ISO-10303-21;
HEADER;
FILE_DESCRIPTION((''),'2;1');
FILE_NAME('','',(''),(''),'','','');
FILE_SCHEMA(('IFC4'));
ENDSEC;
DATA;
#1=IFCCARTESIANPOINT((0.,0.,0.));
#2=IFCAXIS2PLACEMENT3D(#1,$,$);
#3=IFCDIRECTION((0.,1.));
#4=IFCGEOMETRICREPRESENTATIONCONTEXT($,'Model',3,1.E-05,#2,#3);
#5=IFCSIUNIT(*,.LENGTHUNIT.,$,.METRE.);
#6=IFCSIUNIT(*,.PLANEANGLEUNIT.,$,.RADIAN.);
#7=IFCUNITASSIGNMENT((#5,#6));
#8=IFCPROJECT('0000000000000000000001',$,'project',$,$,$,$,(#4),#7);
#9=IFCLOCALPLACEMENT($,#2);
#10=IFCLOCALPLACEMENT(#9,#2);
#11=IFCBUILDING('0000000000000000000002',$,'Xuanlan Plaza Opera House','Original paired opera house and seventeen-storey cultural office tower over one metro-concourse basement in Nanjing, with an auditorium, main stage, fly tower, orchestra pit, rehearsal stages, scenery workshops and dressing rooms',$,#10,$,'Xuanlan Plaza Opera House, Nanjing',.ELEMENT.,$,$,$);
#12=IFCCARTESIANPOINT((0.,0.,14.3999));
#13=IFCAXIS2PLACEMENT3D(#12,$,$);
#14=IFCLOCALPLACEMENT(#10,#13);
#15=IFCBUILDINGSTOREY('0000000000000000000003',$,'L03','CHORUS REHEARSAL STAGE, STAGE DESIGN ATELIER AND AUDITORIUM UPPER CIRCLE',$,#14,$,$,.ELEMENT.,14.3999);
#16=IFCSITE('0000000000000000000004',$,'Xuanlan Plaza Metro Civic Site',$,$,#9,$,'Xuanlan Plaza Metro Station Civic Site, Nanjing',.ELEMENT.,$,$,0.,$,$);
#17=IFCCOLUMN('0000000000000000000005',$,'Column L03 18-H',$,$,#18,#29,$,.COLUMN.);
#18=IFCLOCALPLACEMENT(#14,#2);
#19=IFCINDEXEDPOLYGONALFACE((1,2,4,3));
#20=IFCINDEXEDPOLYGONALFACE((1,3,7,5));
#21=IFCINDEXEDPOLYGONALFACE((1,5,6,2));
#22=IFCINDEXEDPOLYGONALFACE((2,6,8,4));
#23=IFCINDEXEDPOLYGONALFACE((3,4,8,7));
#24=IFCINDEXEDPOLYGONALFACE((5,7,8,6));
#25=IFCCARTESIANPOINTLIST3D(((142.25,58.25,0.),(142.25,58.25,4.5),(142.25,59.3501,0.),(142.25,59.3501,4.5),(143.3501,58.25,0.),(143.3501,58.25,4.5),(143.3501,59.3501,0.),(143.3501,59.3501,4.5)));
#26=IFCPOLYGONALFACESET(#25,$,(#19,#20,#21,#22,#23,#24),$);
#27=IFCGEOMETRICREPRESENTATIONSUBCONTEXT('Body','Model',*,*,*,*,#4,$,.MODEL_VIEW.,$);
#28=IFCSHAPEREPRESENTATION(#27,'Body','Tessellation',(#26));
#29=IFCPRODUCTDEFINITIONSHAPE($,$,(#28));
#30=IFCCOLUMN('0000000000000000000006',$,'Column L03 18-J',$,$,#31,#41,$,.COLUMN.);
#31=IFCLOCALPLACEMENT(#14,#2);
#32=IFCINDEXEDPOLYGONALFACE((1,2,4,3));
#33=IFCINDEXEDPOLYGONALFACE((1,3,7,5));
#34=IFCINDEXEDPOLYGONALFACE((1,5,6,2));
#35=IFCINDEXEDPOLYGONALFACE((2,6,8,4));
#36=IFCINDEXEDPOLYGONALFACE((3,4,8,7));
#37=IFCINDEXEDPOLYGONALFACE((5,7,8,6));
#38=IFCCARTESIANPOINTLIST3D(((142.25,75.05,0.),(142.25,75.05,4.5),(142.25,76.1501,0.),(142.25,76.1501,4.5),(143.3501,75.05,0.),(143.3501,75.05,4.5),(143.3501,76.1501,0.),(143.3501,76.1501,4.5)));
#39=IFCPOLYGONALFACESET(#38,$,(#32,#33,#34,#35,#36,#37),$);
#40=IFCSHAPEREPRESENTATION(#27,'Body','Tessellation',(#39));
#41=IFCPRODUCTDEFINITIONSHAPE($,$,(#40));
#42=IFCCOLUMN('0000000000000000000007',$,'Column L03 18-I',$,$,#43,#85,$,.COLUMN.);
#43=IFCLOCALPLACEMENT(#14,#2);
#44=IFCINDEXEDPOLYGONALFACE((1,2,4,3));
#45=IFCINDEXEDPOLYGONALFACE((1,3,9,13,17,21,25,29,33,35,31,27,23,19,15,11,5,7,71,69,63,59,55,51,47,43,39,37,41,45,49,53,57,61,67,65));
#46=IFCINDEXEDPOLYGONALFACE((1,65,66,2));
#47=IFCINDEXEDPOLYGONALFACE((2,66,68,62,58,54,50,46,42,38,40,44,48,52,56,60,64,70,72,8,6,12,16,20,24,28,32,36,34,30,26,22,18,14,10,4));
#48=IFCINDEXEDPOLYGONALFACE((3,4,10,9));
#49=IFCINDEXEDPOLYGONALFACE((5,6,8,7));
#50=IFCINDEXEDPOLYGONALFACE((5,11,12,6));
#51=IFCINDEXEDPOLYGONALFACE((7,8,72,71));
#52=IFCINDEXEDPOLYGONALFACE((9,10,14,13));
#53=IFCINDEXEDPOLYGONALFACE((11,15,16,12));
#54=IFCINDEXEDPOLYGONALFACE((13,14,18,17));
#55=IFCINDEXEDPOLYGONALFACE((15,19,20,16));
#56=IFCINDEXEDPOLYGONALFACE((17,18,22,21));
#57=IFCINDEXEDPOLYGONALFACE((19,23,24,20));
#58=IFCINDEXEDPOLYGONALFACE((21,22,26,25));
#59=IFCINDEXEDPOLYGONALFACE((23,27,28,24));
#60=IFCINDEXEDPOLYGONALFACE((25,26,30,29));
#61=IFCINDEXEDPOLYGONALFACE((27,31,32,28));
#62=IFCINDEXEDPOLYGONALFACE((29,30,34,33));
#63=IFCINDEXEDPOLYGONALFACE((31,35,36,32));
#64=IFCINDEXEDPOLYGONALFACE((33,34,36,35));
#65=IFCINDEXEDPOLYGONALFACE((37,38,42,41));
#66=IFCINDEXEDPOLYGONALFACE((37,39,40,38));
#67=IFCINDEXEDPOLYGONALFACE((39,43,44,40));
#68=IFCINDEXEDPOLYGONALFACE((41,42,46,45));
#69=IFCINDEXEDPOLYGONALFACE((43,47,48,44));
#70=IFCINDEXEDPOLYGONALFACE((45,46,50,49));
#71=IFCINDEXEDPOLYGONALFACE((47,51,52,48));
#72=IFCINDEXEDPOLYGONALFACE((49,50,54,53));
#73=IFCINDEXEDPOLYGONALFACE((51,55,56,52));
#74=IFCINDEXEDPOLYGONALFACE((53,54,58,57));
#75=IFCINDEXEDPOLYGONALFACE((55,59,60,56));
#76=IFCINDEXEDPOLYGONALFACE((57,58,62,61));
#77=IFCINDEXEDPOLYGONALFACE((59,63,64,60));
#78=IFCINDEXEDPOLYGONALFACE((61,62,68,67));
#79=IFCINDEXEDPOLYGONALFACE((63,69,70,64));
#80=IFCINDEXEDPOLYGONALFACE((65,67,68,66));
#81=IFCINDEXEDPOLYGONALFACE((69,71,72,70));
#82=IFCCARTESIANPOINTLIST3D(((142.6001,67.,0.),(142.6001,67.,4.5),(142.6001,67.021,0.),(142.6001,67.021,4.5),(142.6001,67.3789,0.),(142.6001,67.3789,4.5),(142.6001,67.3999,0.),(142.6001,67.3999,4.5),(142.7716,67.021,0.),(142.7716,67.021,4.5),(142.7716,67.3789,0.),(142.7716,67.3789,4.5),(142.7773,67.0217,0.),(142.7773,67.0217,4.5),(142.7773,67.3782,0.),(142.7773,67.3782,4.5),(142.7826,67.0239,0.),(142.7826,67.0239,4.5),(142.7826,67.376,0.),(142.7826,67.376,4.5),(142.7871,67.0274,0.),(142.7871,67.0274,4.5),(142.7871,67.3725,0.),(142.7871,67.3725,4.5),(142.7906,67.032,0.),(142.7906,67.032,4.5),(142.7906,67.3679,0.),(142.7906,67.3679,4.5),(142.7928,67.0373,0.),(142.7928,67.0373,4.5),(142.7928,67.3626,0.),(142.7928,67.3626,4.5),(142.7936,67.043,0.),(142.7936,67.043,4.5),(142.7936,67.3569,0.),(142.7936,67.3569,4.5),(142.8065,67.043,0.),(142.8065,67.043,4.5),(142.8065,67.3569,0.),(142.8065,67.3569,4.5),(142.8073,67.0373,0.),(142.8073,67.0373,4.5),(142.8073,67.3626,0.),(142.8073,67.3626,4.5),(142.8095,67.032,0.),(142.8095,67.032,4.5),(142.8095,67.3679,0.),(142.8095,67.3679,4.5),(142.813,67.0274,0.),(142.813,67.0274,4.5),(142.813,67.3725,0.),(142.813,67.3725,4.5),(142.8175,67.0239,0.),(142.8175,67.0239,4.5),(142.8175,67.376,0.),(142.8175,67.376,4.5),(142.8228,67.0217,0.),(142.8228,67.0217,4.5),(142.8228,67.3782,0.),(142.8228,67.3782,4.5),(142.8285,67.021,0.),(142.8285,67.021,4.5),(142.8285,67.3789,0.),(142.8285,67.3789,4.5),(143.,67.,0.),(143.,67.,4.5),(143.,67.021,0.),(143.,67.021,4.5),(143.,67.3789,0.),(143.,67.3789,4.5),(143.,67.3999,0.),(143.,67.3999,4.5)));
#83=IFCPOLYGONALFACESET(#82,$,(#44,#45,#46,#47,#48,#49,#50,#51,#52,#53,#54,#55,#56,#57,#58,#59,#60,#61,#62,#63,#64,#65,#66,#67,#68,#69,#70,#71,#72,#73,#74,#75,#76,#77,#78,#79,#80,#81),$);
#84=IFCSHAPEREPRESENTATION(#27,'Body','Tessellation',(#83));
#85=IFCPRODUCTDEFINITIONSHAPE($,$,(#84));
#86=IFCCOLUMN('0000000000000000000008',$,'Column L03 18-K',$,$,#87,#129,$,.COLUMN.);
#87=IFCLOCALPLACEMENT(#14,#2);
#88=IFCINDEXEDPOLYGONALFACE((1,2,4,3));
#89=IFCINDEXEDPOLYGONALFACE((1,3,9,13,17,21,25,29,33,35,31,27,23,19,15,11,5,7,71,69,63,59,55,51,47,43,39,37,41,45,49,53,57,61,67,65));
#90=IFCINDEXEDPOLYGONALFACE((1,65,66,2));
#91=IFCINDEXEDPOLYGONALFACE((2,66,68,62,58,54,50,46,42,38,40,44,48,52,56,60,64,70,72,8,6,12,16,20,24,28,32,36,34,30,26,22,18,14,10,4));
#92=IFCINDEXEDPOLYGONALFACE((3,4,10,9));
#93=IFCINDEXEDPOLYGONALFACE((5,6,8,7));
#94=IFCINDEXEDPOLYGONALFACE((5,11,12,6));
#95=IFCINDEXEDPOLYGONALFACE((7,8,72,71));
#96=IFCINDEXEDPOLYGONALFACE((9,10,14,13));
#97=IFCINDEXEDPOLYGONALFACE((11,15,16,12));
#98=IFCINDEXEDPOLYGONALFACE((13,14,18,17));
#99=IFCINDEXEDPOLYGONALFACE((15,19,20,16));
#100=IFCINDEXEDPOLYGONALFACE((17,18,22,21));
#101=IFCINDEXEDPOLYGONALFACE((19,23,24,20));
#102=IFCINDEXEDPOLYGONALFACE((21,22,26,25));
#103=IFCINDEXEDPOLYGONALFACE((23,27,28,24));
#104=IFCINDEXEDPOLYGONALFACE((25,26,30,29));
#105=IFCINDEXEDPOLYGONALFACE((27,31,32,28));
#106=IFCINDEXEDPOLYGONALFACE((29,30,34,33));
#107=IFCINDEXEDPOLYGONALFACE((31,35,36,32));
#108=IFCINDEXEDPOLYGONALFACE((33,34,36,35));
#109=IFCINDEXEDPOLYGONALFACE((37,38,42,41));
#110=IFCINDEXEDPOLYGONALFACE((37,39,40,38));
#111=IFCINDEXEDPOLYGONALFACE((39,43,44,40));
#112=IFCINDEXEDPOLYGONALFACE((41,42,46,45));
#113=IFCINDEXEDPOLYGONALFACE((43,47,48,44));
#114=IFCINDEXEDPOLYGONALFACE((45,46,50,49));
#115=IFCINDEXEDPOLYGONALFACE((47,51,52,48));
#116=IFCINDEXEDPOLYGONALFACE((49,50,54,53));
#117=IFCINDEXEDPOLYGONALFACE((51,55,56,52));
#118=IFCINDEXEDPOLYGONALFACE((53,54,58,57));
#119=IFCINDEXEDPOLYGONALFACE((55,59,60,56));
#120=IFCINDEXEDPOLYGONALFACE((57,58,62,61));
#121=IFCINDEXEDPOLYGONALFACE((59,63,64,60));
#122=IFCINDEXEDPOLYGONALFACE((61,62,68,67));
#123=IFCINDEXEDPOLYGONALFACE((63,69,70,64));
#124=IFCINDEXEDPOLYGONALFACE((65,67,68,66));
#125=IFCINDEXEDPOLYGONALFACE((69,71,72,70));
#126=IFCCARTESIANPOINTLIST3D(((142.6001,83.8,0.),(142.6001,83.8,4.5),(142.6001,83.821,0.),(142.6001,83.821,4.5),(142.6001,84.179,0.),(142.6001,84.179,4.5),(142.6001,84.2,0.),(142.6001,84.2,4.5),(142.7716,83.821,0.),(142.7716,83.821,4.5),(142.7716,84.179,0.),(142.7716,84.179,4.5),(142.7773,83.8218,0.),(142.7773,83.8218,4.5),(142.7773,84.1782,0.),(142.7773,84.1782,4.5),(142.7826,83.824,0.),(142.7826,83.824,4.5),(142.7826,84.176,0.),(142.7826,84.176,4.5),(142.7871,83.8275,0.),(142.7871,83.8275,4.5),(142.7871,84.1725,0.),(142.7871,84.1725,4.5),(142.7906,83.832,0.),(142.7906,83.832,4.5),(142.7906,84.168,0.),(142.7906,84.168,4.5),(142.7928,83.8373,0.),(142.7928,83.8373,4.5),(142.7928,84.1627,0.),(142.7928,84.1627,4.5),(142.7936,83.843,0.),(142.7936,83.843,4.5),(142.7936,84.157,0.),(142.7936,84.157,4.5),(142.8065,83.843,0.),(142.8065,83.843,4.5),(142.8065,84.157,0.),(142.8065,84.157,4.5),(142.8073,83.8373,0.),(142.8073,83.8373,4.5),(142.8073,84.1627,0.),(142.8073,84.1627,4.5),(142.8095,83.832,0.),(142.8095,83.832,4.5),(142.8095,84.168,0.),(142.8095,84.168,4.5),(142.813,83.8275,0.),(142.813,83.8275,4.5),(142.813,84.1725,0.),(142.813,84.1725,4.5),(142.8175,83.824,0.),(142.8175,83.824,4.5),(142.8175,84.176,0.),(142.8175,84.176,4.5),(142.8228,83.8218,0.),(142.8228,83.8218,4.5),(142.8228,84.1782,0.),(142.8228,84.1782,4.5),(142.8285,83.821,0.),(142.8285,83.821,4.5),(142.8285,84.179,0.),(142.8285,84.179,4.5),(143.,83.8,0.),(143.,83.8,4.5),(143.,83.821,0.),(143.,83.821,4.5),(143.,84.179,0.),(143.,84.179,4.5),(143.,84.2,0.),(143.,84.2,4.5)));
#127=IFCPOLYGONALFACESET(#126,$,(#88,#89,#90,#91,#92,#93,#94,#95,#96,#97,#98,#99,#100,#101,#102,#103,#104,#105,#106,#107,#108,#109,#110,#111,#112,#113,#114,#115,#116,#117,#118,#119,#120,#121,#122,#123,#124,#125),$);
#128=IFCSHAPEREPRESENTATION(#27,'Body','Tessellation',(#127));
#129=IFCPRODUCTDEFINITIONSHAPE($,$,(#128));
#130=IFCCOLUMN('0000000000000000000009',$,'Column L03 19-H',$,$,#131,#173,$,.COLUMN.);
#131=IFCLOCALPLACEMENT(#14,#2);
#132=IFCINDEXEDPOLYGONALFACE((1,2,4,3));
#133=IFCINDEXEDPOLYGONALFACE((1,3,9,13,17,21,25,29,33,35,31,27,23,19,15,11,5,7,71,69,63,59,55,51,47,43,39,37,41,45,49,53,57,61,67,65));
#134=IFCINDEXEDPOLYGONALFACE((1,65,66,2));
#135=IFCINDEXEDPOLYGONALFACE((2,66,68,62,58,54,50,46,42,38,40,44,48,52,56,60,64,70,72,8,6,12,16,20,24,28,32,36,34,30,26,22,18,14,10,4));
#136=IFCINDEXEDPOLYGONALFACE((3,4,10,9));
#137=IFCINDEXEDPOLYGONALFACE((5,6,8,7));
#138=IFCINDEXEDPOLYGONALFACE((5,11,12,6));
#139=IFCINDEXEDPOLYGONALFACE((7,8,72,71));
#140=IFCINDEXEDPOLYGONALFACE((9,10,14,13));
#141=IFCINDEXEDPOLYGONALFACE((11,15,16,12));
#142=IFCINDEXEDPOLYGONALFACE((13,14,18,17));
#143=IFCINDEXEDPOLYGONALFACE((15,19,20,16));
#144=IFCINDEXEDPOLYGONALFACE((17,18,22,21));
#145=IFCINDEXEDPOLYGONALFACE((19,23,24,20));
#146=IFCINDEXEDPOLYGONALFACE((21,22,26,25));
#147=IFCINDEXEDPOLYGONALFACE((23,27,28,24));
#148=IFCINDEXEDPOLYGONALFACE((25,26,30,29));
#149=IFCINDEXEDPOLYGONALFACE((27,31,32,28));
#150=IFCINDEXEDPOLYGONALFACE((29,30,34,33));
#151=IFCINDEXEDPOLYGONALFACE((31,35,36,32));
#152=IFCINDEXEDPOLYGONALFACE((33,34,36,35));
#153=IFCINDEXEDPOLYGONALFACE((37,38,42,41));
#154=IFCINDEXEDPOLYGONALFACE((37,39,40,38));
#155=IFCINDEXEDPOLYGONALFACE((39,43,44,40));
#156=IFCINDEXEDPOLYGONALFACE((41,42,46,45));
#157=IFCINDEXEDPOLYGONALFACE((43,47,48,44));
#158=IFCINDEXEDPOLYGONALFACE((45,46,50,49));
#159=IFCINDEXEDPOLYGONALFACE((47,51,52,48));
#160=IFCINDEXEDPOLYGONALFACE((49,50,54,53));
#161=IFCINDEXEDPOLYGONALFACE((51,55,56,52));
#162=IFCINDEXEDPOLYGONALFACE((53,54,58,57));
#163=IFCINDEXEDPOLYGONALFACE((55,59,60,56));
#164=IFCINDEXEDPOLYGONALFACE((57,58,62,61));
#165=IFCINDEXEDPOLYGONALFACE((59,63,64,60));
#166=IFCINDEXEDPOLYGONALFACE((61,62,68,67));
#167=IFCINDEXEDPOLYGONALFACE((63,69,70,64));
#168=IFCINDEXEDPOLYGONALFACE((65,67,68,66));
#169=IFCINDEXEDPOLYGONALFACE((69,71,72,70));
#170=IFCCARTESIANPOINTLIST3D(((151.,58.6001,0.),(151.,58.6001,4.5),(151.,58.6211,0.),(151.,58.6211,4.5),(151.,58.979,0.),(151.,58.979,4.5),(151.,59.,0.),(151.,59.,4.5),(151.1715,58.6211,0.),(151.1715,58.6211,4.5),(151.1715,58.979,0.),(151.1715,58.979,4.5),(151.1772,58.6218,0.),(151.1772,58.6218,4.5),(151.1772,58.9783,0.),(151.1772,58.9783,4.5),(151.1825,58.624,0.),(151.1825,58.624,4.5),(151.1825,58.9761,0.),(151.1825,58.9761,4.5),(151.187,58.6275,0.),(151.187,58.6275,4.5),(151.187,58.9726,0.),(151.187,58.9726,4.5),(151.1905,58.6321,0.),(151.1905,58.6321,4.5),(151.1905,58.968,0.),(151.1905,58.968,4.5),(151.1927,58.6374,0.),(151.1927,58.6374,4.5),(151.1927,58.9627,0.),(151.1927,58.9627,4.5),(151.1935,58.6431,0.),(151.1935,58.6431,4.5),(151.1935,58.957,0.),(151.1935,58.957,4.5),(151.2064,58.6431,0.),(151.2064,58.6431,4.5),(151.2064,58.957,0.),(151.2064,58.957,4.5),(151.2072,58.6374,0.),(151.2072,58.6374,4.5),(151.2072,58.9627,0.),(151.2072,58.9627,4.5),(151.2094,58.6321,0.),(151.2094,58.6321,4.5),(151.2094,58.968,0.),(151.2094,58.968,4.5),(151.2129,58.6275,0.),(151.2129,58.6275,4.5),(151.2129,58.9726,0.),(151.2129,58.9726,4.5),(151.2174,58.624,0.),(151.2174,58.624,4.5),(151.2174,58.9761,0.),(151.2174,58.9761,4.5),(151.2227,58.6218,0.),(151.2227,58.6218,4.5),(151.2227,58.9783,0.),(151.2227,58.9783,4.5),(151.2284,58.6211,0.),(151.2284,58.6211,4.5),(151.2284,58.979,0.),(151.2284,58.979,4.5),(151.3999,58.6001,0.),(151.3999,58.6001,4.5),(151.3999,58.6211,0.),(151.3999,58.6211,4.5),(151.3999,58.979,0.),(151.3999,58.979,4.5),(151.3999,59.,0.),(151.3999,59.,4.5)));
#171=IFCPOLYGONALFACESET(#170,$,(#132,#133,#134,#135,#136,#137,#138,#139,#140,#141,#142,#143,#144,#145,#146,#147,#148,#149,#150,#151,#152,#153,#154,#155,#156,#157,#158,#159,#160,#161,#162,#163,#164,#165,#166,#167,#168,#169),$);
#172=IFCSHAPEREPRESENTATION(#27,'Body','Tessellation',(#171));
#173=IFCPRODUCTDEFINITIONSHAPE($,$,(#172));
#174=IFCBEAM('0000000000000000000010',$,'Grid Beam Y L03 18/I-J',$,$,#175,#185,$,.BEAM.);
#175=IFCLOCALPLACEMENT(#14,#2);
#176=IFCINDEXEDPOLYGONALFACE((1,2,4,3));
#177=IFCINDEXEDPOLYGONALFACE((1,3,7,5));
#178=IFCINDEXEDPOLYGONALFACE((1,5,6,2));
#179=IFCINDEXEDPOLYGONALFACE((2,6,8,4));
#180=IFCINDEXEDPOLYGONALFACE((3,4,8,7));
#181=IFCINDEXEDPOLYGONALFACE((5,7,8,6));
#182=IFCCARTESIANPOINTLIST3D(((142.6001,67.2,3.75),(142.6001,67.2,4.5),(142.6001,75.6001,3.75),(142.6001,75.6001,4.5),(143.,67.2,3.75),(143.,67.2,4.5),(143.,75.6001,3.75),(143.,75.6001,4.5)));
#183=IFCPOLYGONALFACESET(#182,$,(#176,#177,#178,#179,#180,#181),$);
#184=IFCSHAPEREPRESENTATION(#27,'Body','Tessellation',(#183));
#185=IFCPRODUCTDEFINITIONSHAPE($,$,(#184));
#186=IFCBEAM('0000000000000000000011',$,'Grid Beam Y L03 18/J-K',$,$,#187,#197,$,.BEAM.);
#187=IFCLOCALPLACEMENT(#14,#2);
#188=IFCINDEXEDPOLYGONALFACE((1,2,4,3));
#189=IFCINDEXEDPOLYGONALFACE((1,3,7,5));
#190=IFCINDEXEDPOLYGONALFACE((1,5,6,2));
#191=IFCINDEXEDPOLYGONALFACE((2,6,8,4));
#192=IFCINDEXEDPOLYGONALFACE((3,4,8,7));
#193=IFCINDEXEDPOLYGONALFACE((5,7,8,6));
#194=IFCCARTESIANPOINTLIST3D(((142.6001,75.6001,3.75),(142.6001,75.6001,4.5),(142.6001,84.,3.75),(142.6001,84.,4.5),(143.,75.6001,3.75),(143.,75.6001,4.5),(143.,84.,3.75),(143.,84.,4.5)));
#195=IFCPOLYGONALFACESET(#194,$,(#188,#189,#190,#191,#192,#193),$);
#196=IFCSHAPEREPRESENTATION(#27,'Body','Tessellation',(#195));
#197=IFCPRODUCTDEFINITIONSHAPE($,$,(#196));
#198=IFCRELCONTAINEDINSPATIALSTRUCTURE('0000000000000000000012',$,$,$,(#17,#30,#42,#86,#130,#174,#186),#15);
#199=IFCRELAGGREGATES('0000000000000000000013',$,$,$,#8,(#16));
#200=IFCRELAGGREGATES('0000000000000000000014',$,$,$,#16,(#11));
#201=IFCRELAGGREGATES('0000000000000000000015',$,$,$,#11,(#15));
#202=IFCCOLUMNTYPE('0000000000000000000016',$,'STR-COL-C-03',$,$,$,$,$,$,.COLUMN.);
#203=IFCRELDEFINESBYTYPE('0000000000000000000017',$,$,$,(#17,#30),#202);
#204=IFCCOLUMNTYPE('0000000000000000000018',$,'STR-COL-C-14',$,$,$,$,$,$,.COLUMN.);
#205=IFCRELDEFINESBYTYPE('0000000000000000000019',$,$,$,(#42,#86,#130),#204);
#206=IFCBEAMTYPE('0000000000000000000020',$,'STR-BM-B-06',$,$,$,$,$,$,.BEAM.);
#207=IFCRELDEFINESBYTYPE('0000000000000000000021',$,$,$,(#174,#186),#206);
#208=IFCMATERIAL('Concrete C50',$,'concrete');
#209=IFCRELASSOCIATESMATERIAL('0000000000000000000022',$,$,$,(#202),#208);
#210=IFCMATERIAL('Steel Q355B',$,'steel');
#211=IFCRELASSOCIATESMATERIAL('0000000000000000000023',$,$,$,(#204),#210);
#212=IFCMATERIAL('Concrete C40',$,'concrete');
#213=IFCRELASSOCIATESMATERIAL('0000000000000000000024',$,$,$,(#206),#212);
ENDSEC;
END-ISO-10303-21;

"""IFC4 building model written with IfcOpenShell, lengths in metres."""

from ifc_helpers import new_model, si_unit, direction, frame, origin, origin_2d, place, context, subcontext, project, spatial, rectangle, i_section, extrude, material, material_profile, profile_set, type_object, element, save


model = new_model("IFC4")

# Units and contexts
model_context = context("Model", 3, precision=1e-05, world=origin(), true_north=direction((0.0, 1.0)))
body_context = subcontext(model_context, "Body", "Model", "MODEL_VIEW")
ifc_project = project(units=[si_unit("LENGTHUNIT", "METRE"), si_unit("PLANEANGLEUNIT", "RADIAN")], contexts=[model_context])

# Site, building, storey
site_placement = place(None, origin())
site = spatial("IfcSite", under=ifc_project, at=site_placement, Name="Xuanlan Plaza Metro Civic Site", LongName="Xuanlan Plaza Metro Station Civic Site, Nanjing", CompositionType="ELEMENT", RefElevation=0.0)
building_placement = place(site_placement, origin())
building = spatial("IfcBuilding", under=site, at=building_placement, Name="Xuanlan Plaza Opera House", Description="Original paired opera house and seventeen-storey cultural office tower over one metro-concourse basement in Nanjing, with an auditorium, main stage, fly tower, orchestra pit, rehearsal stages, scenery workshops and dressing rooms", LongName="Xuanlan Plaza Opera House, Nanjing", CompositionType="ELEMENT")
storey_placement = place(building_placement, frame((0.0, 0.0, 14.3999)))
storey = spatial("IfcBuildingStorey", under=building, at=storey_placement, Name="L03", Description="CHORUS REHEARSAL STAGE, STAGE DESIGN ATELIER AND AUDITORIUM UPPER CIRCLE", CompositionType="ELEMENT", Elevation=14.3999)

# Columns
ifc_material_1 = material(Name="Concrete C50", Category="concrete")
ifc_material_profile_1 = material_profile(ifc_material_1, rectangle(XDim=1.1001, YDim=1.1001, at=origin_2d()), Name="RC-COL 1100x1100")
ifc_profile_set_1 = profile_set([ifc_material_profile_1], Name="Concrete C50")
column_type_1 = type_object("IfcColumnType", Name="STR-COL-C-03", PredefinedType="COLUMN", material=ifc_profile_set_1)
for number, where, z_axis, x_axis, name in (
    (1, (142.8, 58.8, 0.0), (0.0, 0.0, 1.0), (1.0, 0.0, 0.0), "Column L03 18-H"),
    (2, (142.8, 75.6001, 0.0), (0.0, 0.0, 1.0), (1.0, 0.0, 0.0), "Column L03 18-J"),
):
    element("IfcColumn", number, at=place(storey_placement, frame(where, z_axis=z_axis, x_axis=x_axis)), inside=storey, type_object=column_type_1, Name=name, PredefinedType="COLUMN", context=body_context, shape_type="SweptSolid", body=[
        extrude(rectangle(XDim=1.1001, YDim=1.1001, at=origin_2d()), origin(), (0.0, 0.0, 1.0), 4.5),
    ])
ifc_material_2 = material(Name="Steel Q355B", Category="steel")
ifc_material_profile_2 = material_profile(ifc_material_2, i_section(OverallWidth=0.3999, OverallDepth=0.3999, WebThickness=0.0129, FlangeThickness=0.021, FilletRadius=0.022, at=origin_2d()), Name="HW 400x400x13x21")
ifc_profile_set_2 = profile_set([ifc_material_profile_2], Name="Steel Q355B")
column_type_2 = type_object("IfcColumnType", Name="STR-COL-C-14", PredefinedType="COLUMN", material=ifc_profile_set_2)
for number, where, z_axis, x_axis, name in (
    (3, (142.8, 67.2, 0.0), (0.0, 0.0, 1.0), (1.0, 0.0, 0.0), "Column L03 18-I"),
    (4, (142.8, 84.0, 0.0), (0.0, 0.0, 1.0), (1.0, 0.0, 0.0), "Column L03 18-K"),
    (5, (151.2, 58.8, 0.0), (0.0, 0.0, 1.0), (1.0, 0.0, 0.0), "Column L03 19-H"),
):
    element("IfcColumn", number, at=place(storey_placement, frame(where, z_axis=z_axis, x_axis=x_axis)), inside=storey, type_object=column_type_2, Name=name, PredefinedType="COLUMN", context=body_context, shape_type="SweptSolid", body=[
        extrude(i_section(OverallWidth=0.3999, OverallDepth=0.3999, WebThickness=0.0129, FlangeThickness=0.021, FilletRadius=0.022, at=origin_2d()), origin(), (0.0, 0.0, 1.0), 4.5),
    ])

# Beams
ifc_material_3 = material(Name="Concrete C40", Category="concrete")
ifc_material_profile_3 = material_profile(ifc_material_3, rectangle(XDim=0.3999, YDim=0.75, at=origin_2d()), Name="RC-BM 400x750")
ifc_profile_set_3 = profile_set([ifc_material_profile_3], Name="Concrete C40")
beam_type_1 = type_object("IfcBeamType", Name="STR-BM-B-06", PredefinedType="BEAM", material=ifc_profile_set_3)
beam_1_placement = place(storey_placement, frame((142.8, 67.2, 4.125), z_axis=(0.0, 1.0, 0.0), x_axis=(-1.0, 0.0, 0.0)))
element("IfcBeam", 6, at=beam_1_placement, inside=storey, type_object=beam_type_1, Name="Grid Beam Y L03 18/I-J", PredefinedType="BEAM", context=body_context, shape_type="SweptSolid", body=[
    extrude(rectangle(XDim=0.3999, YDim=0.75, at=origin_2d()), origin(), (0.0, 0.0, 1.0), 8.4001),
])
for number, where, z_axis, x_axis, name in (
    (7, (142.8, 75.6001, 4.125), (0.0, 1.0, 0.0), (-1.0, 0.0, 0.0), "Grid Beam Y L03 18/J-K"),
):
    element("IfcBeam", number, at=place(storey_placement, frame(where, z_axis=z_axis, x_axis=x_axis)), inside=storey, type_object=beam_type_1, Name=name, PredefinedType="BEAM", context=body_context, shape_type="SweptSolid", body=[
        extrude(rectangle(XDim=0.3999, YDim=0.75, at=origin_2d()), origin(), (0.0, 0.0, 1.0), 8.3999),
    ])

save(model, "model.ifc")
